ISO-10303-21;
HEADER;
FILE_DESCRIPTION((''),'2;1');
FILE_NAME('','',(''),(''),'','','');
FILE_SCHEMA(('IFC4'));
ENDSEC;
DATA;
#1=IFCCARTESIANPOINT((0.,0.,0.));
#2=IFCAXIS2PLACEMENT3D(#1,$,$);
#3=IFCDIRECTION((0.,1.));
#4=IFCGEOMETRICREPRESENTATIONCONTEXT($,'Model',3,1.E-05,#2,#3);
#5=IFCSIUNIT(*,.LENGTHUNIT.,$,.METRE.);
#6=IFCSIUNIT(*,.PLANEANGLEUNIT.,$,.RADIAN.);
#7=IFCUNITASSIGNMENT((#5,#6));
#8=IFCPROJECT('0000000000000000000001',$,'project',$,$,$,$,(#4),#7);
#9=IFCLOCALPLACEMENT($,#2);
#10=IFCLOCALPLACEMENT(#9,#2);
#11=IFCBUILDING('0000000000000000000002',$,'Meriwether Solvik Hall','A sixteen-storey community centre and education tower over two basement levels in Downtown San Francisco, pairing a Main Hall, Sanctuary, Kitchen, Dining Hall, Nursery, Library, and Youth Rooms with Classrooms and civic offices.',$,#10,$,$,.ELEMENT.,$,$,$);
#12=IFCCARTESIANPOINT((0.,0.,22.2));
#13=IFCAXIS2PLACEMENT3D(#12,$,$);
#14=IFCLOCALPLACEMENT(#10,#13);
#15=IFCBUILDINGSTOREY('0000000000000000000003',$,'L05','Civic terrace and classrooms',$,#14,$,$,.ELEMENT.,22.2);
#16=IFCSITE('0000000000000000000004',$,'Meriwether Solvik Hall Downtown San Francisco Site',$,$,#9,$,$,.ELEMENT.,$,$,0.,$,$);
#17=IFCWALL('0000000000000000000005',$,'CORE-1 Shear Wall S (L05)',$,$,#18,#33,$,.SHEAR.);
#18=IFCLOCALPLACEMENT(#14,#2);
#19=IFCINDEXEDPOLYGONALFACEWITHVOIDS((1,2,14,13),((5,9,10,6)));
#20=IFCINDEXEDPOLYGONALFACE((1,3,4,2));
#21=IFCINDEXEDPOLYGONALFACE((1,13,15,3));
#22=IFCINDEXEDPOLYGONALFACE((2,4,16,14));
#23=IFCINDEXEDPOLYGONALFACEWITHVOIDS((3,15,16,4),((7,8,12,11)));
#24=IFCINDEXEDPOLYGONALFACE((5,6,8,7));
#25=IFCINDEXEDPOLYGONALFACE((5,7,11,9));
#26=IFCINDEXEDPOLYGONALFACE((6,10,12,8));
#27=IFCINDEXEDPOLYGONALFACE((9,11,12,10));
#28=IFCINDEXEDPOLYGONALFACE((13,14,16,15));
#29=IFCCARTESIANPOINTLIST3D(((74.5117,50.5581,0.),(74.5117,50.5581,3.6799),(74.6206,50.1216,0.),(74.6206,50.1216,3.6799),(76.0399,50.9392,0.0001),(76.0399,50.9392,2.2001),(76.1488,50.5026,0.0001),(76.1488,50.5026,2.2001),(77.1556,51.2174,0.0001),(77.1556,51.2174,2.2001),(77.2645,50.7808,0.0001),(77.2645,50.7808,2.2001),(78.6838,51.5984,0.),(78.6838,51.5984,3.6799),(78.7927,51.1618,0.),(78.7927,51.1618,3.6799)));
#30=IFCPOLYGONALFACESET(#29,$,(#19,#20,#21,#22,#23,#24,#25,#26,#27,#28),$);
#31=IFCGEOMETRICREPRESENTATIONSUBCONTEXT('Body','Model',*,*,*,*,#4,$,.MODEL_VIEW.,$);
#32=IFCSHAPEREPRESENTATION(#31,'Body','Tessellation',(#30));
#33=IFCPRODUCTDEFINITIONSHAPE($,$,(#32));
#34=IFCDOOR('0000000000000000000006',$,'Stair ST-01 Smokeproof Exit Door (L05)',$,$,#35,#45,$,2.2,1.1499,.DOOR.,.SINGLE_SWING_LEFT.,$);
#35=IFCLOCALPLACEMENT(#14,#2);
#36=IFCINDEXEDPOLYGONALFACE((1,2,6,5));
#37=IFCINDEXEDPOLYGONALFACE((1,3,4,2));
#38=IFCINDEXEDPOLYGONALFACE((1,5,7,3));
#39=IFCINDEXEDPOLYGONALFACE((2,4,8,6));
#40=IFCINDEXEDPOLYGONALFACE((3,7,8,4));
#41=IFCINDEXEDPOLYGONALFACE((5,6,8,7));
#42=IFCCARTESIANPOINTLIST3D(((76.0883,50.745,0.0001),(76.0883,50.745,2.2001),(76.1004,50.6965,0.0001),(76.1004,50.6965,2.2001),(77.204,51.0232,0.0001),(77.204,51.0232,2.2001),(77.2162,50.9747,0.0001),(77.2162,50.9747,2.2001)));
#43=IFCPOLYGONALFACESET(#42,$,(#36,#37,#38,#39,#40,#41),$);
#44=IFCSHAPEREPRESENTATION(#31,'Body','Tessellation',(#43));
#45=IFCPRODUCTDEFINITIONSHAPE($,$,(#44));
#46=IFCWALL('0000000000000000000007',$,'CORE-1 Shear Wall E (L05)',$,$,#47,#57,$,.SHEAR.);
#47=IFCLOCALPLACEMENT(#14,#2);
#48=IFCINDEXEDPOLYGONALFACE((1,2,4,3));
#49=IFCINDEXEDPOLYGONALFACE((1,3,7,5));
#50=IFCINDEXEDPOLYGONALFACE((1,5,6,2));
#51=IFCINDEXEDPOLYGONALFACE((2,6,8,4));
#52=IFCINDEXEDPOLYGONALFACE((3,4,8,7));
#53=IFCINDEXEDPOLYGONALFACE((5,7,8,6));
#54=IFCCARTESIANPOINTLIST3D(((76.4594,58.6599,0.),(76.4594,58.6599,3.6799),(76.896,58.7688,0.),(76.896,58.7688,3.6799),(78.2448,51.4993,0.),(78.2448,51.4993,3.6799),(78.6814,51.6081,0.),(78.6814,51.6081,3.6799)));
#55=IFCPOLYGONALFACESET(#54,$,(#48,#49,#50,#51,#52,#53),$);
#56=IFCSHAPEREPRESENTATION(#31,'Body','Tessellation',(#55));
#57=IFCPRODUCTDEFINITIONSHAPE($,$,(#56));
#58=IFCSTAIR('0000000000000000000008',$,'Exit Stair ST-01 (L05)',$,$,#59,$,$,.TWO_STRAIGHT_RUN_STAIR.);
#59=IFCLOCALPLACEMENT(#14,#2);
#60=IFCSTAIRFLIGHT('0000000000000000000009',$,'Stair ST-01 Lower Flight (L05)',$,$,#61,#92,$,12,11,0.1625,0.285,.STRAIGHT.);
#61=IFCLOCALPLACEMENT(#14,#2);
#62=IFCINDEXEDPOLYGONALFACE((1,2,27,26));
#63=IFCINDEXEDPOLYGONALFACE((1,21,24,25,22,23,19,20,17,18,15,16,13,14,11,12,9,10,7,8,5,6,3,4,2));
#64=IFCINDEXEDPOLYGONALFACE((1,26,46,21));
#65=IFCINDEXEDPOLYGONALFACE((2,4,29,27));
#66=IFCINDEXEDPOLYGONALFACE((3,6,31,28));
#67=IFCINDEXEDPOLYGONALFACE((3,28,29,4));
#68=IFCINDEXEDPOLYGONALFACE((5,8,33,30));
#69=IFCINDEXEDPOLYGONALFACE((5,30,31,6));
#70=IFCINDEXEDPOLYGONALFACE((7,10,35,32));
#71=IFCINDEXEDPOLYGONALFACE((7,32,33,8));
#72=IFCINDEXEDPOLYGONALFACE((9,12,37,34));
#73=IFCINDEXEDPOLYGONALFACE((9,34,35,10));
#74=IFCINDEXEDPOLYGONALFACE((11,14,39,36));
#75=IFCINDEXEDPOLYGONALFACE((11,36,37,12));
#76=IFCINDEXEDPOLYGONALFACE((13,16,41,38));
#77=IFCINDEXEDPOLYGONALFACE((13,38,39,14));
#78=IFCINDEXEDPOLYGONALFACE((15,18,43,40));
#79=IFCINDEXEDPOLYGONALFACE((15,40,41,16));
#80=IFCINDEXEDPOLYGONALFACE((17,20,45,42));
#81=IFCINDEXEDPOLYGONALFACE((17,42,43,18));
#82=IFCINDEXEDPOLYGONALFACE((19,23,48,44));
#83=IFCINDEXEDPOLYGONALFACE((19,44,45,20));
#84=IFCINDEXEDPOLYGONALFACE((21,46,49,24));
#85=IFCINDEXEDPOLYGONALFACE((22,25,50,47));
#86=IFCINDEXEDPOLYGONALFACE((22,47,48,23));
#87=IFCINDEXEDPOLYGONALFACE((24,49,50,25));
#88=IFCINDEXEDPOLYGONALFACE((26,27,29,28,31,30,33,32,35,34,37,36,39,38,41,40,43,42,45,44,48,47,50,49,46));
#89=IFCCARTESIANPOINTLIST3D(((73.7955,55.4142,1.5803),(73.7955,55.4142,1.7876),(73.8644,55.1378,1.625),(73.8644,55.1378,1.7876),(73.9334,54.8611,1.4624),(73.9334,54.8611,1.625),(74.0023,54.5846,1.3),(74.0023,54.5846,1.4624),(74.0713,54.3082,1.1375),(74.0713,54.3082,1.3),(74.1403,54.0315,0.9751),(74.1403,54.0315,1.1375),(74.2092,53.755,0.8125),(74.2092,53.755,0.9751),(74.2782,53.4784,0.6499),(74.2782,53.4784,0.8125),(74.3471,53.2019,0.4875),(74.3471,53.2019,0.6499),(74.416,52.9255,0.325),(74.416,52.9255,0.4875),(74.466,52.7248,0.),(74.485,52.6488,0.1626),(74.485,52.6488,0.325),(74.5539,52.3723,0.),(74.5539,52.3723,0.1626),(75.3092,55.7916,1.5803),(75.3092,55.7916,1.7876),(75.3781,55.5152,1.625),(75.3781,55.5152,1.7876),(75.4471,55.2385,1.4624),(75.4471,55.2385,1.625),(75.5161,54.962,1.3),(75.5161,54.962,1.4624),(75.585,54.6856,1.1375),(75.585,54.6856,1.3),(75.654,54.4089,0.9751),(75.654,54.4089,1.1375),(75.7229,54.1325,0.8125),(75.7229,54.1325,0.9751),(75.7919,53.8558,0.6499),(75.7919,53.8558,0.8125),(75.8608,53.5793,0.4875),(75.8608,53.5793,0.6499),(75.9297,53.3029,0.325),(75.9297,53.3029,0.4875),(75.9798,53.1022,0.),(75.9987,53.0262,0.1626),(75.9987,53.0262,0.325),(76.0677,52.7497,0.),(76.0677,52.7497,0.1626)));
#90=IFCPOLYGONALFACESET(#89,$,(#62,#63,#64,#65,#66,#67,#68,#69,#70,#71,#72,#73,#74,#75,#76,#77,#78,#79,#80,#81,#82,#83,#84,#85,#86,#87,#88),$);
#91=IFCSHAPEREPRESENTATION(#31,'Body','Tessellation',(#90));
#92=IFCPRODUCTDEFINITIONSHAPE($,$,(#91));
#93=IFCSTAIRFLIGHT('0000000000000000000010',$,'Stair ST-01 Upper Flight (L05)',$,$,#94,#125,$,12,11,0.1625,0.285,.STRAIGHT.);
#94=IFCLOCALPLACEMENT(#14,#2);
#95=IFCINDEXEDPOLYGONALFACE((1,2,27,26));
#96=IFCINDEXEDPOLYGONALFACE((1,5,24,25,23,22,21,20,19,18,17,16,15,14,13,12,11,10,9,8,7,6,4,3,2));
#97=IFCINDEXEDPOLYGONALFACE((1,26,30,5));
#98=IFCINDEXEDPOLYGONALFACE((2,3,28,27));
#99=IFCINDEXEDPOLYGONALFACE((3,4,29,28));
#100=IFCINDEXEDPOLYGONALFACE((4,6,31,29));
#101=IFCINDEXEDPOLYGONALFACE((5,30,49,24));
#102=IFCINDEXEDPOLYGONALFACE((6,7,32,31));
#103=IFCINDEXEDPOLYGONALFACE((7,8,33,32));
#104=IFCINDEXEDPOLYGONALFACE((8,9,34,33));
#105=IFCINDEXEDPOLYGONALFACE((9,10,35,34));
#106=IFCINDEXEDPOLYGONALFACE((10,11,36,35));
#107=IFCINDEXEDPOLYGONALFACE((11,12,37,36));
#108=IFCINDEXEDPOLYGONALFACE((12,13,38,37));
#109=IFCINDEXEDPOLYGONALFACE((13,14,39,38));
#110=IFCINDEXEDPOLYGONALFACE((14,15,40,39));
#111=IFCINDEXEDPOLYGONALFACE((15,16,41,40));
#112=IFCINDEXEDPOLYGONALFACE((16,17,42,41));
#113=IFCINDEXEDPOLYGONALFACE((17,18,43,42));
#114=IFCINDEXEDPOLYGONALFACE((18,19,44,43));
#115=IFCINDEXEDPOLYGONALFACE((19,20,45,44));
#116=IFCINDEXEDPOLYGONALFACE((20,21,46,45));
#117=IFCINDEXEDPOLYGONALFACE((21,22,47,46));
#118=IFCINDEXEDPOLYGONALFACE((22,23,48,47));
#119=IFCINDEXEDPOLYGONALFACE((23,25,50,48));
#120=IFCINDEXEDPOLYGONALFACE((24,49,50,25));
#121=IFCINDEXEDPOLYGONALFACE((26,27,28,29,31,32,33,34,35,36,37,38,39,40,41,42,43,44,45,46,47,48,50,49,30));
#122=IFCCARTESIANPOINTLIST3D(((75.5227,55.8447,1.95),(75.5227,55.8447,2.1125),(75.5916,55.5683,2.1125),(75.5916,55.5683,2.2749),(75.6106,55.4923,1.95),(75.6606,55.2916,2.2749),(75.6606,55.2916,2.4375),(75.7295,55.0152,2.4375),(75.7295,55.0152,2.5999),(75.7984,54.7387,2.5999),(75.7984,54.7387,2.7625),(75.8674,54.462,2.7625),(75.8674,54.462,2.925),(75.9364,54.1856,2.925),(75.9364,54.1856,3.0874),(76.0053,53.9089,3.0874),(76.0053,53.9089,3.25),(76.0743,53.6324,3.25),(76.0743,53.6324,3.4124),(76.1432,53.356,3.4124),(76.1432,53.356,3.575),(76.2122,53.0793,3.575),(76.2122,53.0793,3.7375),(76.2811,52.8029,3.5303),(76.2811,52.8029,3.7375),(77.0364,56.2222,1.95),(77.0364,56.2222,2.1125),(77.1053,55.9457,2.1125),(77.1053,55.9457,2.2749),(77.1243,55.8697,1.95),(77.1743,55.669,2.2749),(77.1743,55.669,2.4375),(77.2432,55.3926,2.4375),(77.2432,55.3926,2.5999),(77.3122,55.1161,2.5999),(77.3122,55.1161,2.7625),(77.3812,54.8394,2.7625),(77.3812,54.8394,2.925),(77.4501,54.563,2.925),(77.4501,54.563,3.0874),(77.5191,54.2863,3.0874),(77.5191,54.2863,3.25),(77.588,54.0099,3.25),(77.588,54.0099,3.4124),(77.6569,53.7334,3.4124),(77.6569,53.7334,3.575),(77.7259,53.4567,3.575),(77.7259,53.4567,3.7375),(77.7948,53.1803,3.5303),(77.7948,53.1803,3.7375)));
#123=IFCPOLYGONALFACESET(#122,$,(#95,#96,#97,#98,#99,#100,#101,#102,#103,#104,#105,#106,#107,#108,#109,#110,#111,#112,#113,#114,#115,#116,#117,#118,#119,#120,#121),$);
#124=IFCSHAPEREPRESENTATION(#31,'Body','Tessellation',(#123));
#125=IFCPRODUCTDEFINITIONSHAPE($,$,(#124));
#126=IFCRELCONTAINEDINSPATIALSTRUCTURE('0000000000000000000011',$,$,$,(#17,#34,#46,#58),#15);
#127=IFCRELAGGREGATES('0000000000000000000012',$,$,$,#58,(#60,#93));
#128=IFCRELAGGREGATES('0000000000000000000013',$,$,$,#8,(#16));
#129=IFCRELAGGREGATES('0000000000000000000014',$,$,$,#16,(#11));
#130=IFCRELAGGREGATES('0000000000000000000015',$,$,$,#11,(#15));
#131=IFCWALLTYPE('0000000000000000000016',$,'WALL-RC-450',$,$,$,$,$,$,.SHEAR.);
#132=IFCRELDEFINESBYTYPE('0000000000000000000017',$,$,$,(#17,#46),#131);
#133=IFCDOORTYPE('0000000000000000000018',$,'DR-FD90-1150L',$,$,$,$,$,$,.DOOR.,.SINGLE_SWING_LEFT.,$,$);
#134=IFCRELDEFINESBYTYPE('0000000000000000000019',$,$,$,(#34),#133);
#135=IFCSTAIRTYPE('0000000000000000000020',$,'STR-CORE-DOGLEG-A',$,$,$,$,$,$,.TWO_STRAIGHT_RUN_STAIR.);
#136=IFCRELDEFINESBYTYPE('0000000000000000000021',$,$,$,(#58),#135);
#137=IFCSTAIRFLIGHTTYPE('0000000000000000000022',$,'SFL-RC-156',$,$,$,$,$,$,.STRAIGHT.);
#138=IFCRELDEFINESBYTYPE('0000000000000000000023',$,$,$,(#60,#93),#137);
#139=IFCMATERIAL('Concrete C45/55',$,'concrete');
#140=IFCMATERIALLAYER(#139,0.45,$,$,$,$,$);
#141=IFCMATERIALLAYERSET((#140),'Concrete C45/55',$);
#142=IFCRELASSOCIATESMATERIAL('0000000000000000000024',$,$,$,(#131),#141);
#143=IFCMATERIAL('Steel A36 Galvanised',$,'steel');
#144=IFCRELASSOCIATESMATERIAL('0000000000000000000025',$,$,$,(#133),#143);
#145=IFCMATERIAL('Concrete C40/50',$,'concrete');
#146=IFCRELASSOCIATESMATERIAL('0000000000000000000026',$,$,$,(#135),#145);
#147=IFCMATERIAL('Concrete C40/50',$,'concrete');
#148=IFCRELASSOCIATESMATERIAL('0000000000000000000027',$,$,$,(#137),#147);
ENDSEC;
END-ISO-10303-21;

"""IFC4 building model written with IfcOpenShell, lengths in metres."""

from ifc_helpers import new_model, si_unit, direction, frame, frame_2d, origin, place, context, subcontext, project, spatial, polyline, rectangle, outline, extrude, material, layer, layer_set, type_object, element, fill, aggregate, save


model = new_model("IFC4")

# Units and contexts
model_context = context("Model", 3, precision=1e-05, world=origin(), true_north=direction((0.0, 1.0)))
body_context = subcontext(model_context, "Body", "Model", "MODEL_VIEW")
ifc_project = project(units=[si_unit("LENGTHUNIT", "METRE"), si_unit("PLANEANGLEUNIT", "RADIAN")], contexts=[model_context])

# Site, building, storey
site_placement = place(None, origin())
site = spatial("IfcSite", under=ifc_project, at=site_placement, Name="Meriwether Solvik Hall Downtown San Francisco Site", CompositionType="ELEMENT", RefElevation=0.0)
building_placement = place(site_placement, origin())
building = spatial("IfcBuilding", under=site, at=building_placement, Name="Meriwether Solvik Hall", Description="A sixteen-storey community centre and education tower over two basement levels in Downtown San Francisco, pairing a Main Hall, Sanctuary, Kitchen, Dining Hall, Nursery, Library, and Youth Rooms with Classrooms and civic offices.", CompositionType="ELEMENT")
storey_placement = place(building_placement, frame((0.0, 0.0, 22.2)))
storey = spatial("IfcBuildingStorey", under=building, at=storey_placement, Name="L05", Description="Civic terrace and classrooms", CompositionType="ELEMENT", Elevation=22.2)

# Wall, opening, door
ifc_material_1 = material(Name="Concrete C45/55", Category="concrete")
ifc_layer_1 = layer(ifc_material_1, 0.45)
ifc_layer_set_1 = layer_set([ifc_layer_1], Name="Concrete C45/55")
wall_type_1 = type_object("IfcWallType", Name="WALL-RC-450", PredefinedType="SHEAR", material=ifc_layer_set_1)
wall_1_placement = place(storey_placement, frame((74.5662, 50.3398, 0.0), z_axis=(0.0, 0.0, 1.0), x_axis=(0.970293, 0.241934, 0.0)))
wall_1 = element("IfcWall", 1, at=wall_1_placement, inside=storey, type_object=wall_type_1, Name="CORE-1 Shear Wall S (L05)", PredefinedType="SHEAR", context=body_context, shape_type="SweptSolid", body=[
    extrude(rectangle(XDim=4.2998, YDim=0.45, at=frame_2d((2.1499, 0.0))), origin(), (0.0, 0.0, 1.0), 3.6799),
])
opening_1_placement = place(wall_1_placement, frame((1.575, 0.0, 0.0)))
opening_1 = element("IfcOpeningElement", 2, at=opening_1_placement, cuts=wall_1, PredefinedType="OPENING", context=body_context, shape_type="SweptSolid", body=[
    extrude(rectangle(XDim=1.1499, YDim=2.2, at=frame_2d((0.575, 1.1001))), frame((0.0, 0.2368, 0.0), z_axis=(0.0, -1.0, 0.0), x_axis=(1.0, 0.0, 0.0)), (0.0, 0.0, 1.0), 0.4739),
])
ifc_material_2 = material(Name="Steel A36 Galvanised", Category="steel")
door_type_1 = type_object("IfcDoorType", Name="DR-FD90-1150L", OperationType="SINGLE_SWING_LEFT", PredefinedType="DOOR", material=ifc_material_2)
door_1_placement = place(opening_1_placement, origin())
door_1 = element("IfcDoor", 3, at=door_1_placement, inside=storey, type_object=door_type_1, Name="Stair ST-01 Smokeproof Exit Door (L05)", OperationType="SINGLE_SWING_LEFT", OverallHeight=2.2, OverallWidth=1.1499, PredefinedType="DOOR", context=body_context, shape_type="SweptSolid", body=[
    extrude(rectangle(XDim=1.1499, YDim=2.2, at=frame_2d((0.575, 1.1001))), frame((0.0, 0.0249, 0.0), z_axis=(0.0, -1.0, 0.0), x_axis=(1.0, 0.0, 0.0)), (0.0, 0.0, 1.0), 0.05),
])
fill(opening_1, door_1)

# Wall
wall_2_placement = place(storey_placement, frame((78.4631, 51.5537, 0.0), z_axis=(0.0, 0.0, 1.0), x_axis=(-0.241928, 0.970294, 0.0)))
element("IfcWall", 4, at=wall_2_placement, inside=storey, type_object=wall_type_1, Name="CORE-1 Shear Wall E (L05)", PredefinedType="SHEAR", context=body_context, shape_type="SweptSolid", body=[
    extrude(rectangle(XDim=7.3799, YDim=0.45, at=frame_2d((3.6899, 0.0))), origin(), (0.0, 0.0, 1.0), 3.6799),
])

# Stair, stair flights
ifc_material_3 = material(Name="Concrete C40/50", Category="concrete")
stair_type = type_object("IfcStairType", Name="STR-CORE-DOGLEG-A", PredefinedType="TWO_STRAIGHT_RUN_STAIR", material=ifc_material_3)
stair_placement = place(storey_placement, origin())
stair = element("IfcStair", 5, at=stair_placement, inside=storey, type_object=stair_type, Name="Exit Stair ST-01 (L05)", PredefinedType="TWO_STRAIGHT_RUN_STAIR")
ifc_material_4 = material(Name="Concrete C40/50", Category="concrete")
stair_flight_type = type_object("IfcStairFlightType", Name="SFL-RC-156", PredefinedType="STRAIGHT", material=ifc_material_4)
stair_flight_1_placement = place(storey_placement, frame((75.3108, 52.561, 0.0), z_axis=(0.0, 0.0, 1.0), x_axis=(-0.241922, 0.970296, 0.0)))
stair_flight_1 = element("IfcStairFlight", 6, at=stair_flight_1_placement, type_object=stair_flight_type, Name="Stair ST-01 Lower Flight (L05)", NumberOfRisers=12, NumberOfTreads=11, PredefinedType="STRAIGHT", RiserHeight=0.1625, TreadLength=0.285, context=body_context, shape_type="SweptSolid", body=[
    extrude(outline(polyline([(0.0, 0.0), (0.0, 0.1626), (0.2849, 0.1626), (0.2849, 0.325), (0.5701, 0.325), (0.5701, 0.4875), (0.855, 0.4875), (0.855, 0.6499), (1.1399, 0.6499), (1.1399, 0.8125), (1.425, 0.8125), (1.425, 0.9751), (1.71, 0.9751), (1.71, 1.1375), (1.9951, 1.1375), (1.9951, 1.3), (2.28, 1.3), (2.28, 1.4624), (2.5649, 1.4624), (2.5649, 1.625), (2.8501, 1.625), (2.8501, 1.7876), (3.135, 1.7876), (3.135, 1.95), (3.135, 1.5803), (0.3633, 0.0), (0.0, 0.0)])), frame((0.0, 0.78, 0.0), z_axis=(0.0, -1.0, 0.0), x_axis=(1.0, 0.0, 0.0)), (0.0, 0.0, 1.0), 1.5601),
])
stair_flight_2_placement = place(storey_placement, frame((76.2795, 56.0334, 1.95), z_axis=(0.0, 0.0, 1.0), x_axis=(0.241922, -0.970296, 0.0)))
stair_flight_2 = element("IfcStairFlight", 7, at=stair_flight_2_placement, type_object=stair_flight_type, Name="Stair ST-01 Upper Flight (L05)", NumberOfRisers=12, NumberOfTreads=11, PredefinedType="STRAIGHT", RiserHeight=0.1625, TreadLength=0.285, context=body_context, shape_type="SweptSolid", body=[
    extrude(outline(polyline([(0.0, 0.0), (0.0, 0.1626), (0.2849, 0.1626), (0.2849, 0.325), (0.5701, 0.325), (0.5701, 0.4875), (0.855, 0.4875), (0.855, 0.6499), (1.1399, 0.6499), (1.1399, 0.8125), (1.425, 0.8125), (1.425, 0.9751), (1.71, 0.9751), (1.71, 1.1375), (1.9951, 1.1375), (1.9951, 1.3), (2.28, 1.3), (2.28, 1.4624), (2.5649, 1.4624), (2.5649, 1.625), (2.8501, 1.625), (2.8501, 1.7876), (3.135, 1.7876), (3.135, 1.95), (3.135, 1.5803), (0.3633, 0.0), (0.0, 0.0)])), frame((0.0, 0.78, 0.0), z_axis=(0.0, -1.0, 0.0), x_axis=(1.0, 0.0, 0.0)), (0.0, 0.0, 1.0), 1.5601),
])
aggregate(stair, [stair_flight_1, stair_flight_2])

save(model, "model.ifc")
